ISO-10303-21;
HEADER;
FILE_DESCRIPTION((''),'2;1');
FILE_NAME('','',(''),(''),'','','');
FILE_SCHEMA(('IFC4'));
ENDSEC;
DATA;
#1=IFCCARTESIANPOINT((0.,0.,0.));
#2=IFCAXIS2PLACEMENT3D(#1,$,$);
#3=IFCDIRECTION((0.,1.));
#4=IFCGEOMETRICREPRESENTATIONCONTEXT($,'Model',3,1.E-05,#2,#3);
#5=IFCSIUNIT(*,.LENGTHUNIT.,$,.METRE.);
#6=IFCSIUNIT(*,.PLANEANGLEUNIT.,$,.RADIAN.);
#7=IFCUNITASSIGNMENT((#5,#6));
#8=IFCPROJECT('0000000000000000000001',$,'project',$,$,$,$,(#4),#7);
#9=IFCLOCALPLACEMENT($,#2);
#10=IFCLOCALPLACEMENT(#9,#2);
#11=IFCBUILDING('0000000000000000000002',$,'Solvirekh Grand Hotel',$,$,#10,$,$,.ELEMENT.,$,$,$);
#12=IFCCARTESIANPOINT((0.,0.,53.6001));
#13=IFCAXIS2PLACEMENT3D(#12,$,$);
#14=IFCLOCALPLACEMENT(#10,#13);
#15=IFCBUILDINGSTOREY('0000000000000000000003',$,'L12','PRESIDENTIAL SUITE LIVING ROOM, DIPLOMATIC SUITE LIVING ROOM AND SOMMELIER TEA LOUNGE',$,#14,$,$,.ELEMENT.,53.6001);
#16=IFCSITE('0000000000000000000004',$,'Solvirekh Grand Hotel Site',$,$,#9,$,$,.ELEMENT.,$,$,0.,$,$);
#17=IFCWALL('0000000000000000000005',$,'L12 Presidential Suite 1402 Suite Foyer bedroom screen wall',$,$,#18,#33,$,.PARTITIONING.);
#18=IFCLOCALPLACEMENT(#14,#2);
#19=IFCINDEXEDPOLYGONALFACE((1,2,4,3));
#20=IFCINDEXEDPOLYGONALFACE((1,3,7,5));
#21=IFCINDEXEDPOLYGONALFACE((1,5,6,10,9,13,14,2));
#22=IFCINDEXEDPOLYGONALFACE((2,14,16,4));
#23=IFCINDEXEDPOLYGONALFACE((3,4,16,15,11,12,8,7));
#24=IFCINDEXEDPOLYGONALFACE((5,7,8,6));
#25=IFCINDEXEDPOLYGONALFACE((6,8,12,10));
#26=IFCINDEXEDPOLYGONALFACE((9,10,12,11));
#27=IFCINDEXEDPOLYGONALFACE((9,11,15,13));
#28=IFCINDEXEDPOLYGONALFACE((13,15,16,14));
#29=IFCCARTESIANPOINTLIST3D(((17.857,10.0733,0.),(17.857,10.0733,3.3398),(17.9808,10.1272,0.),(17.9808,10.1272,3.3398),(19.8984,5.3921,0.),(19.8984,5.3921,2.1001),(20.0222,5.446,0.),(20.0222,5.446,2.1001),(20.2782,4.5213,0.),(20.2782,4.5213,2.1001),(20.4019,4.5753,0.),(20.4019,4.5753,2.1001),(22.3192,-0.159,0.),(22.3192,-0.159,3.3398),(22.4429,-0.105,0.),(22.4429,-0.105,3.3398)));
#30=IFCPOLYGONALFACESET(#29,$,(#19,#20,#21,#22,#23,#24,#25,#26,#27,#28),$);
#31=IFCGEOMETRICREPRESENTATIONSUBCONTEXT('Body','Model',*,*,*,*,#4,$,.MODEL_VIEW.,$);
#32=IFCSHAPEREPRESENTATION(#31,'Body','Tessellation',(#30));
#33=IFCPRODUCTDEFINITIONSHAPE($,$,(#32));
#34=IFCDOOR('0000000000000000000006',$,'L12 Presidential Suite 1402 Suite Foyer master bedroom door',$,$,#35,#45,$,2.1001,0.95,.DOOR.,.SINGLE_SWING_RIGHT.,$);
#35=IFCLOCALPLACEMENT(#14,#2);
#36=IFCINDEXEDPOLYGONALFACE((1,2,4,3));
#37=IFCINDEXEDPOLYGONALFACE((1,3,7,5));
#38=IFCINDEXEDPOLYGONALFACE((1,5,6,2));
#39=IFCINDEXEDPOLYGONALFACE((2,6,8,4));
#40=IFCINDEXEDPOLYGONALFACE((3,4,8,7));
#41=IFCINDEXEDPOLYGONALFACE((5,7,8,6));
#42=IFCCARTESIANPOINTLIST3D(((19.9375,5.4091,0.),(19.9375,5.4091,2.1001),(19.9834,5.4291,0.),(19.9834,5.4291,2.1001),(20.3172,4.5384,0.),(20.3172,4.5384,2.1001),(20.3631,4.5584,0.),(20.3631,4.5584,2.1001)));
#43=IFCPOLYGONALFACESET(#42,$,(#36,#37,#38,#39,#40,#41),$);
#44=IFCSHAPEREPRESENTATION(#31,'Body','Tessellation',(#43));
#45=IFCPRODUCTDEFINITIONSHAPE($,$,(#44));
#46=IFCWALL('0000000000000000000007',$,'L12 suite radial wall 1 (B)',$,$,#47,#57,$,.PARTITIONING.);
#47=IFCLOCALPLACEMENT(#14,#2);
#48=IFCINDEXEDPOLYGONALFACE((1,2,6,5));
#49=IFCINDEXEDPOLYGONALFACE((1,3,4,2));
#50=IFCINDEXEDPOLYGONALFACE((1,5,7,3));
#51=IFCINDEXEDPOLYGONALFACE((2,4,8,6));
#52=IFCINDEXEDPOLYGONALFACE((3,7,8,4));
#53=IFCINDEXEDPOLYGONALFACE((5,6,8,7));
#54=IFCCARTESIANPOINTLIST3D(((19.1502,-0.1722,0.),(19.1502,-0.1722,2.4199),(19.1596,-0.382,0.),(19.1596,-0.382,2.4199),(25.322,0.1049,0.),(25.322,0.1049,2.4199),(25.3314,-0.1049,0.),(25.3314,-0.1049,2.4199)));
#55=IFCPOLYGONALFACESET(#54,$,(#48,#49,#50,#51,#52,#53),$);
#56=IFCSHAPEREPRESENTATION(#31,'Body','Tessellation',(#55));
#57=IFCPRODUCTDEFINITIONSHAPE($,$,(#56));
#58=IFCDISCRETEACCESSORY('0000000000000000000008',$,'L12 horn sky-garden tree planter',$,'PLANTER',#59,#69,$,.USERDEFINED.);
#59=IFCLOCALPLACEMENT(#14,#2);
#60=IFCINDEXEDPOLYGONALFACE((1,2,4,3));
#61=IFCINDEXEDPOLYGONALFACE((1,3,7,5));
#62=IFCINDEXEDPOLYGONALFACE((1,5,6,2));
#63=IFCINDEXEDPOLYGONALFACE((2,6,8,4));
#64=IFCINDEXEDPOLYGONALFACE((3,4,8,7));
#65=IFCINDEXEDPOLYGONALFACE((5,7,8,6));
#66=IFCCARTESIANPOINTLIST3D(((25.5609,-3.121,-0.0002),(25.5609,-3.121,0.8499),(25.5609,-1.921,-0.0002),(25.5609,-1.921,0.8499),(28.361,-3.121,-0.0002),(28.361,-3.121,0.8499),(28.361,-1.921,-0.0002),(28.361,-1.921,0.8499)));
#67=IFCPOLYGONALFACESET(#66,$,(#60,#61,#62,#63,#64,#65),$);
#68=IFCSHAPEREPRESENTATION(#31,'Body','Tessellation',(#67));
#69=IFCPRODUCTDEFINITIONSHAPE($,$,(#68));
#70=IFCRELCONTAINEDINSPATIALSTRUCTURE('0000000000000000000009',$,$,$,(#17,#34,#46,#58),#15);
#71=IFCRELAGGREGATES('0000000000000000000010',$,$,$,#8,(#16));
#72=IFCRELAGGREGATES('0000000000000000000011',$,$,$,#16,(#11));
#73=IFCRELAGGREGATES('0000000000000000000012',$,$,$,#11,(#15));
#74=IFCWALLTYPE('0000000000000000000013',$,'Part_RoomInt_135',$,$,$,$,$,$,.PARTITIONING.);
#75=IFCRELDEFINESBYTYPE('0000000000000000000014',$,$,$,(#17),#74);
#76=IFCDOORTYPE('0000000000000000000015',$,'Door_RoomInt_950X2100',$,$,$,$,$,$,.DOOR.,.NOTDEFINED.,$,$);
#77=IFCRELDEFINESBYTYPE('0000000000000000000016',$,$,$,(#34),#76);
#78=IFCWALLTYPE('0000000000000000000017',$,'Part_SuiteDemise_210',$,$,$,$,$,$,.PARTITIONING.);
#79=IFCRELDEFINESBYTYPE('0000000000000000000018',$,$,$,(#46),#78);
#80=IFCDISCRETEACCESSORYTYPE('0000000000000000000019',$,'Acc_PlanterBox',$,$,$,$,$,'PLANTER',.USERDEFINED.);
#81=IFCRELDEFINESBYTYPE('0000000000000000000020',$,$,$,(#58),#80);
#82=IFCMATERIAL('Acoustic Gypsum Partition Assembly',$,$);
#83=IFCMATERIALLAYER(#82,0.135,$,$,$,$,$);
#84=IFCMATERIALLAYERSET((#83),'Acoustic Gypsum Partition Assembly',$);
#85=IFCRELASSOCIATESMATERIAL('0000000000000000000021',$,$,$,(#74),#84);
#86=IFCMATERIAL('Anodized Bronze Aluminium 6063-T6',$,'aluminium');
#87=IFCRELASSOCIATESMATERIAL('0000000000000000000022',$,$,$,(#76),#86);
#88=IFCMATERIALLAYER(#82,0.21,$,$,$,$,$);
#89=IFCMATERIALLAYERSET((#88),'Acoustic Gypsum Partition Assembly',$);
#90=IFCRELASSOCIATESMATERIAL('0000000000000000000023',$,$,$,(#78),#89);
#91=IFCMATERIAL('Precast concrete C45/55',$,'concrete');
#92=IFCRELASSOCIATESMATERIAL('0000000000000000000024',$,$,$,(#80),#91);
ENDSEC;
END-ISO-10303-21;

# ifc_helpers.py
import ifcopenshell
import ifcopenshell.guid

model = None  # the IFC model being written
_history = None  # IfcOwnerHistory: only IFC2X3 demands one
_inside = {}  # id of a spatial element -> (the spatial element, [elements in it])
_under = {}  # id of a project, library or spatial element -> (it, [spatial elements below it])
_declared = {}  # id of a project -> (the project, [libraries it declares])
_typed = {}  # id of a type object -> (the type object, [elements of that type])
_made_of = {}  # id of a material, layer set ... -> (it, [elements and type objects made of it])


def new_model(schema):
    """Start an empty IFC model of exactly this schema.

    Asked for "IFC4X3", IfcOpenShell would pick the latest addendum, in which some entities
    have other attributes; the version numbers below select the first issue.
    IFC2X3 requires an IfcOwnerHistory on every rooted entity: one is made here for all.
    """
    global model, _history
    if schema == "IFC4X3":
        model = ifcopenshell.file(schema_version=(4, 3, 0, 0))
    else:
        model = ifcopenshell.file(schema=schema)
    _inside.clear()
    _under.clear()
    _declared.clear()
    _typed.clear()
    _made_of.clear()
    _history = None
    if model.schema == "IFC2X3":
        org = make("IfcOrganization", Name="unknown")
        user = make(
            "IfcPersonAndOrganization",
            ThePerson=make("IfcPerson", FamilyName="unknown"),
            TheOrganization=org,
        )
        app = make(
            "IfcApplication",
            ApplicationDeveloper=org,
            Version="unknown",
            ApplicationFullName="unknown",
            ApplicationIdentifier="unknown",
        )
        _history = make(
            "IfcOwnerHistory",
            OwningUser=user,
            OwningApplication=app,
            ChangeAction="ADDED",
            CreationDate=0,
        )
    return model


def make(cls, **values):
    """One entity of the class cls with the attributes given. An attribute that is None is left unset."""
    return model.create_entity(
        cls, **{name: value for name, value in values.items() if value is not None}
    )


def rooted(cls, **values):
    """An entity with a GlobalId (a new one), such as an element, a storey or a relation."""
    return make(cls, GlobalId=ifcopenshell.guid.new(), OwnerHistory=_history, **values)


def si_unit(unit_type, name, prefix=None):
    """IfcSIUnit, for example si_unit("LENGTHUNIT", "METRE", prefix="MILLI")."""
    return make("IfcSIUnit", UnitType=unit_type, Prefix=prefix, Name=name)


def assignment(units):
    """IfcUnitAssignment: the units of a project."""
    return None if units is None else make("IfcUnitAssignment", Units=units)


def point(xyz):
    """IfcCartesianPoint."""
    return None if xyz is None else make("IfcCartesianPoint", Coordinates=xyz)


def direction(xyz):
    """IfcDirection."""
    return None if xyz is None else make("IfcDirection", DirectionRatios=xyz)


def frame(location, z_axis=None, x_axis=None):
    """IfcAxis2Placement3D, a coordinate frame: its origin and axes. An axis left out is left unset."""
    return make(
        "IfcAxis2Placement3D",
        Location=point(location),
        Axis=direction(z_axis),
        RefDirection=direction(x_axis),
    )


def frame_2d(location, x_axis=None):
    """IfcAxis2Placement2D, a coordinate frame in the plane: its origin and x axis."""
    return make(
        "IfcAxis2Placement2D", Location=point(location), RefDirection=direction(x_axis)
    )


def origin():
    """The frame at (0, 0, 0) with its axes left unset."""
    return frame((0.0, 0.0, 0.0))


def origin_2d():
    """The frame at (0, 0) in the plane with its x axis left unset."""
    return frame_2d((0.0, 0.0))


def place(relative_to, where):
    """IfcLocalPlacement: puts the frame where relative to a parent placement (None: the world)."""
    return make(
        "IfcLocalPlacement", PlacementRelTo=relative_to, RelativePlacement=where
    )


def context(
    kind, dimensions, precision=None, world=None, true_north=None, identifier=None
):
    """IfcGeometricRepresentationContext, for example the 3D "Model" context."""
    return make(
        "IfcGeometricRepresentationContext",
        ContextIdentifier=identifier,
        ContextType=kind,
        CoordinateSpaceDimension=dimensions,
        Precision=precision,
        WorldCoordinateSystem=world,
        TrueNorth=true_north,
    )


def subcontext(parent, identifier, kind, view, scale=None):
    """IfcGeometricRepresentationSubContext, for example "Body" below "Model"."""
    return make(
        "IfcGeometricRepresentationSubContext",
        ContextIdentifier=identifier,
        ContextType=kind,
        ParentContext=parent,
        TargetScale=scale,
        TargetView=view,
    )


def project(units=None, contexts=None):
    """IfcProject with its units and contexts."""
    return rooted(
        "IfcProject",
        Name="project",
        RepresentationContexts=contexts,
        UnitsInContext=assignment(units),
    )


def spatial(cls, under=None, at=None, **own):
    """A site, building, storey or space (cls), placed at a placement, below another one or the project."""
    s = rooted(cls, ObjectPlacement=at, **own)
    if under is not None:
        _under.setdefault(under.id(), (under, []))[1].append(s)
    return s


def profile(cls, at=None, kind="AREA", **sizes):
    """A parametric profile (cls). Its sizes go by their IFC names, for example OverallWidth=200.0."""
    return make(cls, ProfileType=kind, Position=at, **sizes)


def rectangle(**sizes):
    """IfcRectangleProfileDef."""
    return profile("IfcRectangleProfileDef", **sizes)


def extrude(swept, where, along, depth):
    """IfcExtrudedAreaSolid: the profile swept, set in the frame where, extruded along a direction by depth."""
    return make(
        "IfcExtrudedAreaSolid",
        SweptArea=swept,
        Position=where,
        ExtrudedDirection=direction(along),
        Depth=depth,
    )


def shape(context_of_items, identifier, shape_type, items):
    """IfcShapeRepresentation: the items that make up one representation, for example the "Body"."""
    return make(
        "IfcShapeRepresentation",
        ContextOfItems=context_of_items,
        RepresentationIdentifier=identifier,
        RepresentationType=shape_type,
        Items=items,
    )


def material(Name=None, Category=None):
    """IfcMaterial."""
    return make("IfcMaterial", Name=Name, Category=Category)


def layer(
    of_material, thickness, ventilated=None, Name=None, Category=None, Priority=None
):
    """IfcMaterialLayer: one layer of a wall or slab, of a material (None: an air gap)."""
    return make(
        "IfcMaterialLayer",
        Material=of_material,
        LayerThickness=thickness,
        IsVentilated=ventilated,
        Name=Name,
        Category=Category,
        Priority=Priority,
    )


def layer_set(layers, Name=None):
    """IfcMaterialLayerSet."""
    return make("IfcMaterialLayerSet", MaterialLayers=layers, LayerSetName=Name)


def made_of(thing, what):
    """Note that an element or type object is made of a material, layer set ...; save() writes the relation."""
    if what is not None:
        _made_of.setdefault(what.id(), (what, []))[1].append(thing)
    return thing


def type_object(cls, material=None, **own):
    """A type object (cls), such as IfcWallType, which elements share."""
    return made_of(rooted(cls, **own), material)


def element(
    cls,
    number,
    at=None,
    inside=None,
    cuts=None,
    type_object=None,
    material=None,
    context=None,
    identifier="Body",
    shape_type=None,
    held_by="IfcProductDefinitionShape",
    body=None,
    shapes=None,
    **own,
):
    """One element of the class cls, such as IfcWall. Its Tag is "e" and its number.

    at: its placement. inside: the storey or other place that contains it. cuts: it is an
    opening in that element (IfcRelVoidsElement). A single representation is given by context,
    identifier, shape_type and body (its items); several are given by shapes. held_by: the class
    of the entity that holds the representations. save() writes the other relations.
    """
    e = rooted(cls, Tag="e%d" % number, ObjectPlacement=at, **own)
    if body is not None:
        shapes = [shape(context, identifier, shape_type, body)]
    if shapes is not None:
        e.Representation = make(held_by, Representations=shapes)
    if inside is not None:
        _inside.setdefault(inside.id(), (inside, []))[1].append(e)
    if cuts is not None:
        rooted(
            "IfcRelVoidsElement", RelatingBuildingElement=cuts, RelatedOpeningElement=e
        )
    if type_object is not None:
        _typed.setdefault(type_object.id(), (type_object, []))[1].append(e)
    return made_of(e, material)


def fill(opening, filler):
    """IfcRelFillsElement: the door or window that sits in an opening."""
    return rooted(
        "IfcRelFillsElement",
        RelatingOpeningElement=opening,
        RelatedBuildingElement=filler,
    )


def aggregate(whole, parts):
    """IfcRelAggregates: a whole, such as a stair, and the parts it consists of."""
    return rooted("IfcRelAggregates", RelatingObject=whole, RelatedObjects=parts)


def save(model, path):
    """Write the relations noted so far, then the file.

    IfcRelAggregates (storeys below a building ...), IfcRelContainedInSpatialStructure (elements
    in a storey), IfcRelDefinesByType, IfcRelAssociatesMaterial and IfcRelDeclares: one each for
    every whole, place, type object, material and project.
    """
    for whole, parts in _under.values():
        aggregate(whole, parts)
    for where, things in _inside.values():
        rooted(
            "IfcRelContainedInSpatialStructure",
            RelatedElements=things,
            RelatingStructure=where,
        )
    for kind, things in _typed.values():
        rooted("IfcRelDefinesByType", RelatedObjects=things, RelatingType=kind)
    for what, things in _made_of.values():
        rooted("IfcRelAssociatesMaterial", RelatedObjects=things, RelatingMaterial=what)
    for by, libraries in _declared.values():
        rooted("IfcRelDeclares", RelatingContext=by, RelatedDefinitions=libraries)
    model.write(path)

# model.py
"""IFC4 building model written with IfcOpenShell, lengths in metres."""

from ifc_helpers import new_model, si_unit, direction, frame, frame_2d, origin, origin_2d, place, context, subcontext, project, spatial, rectangle, extrude, material, layer, layer_set, type_object, element, fill, save


model = new_model("IFC4")

# Units and contexts
model_context = context("Model", 3, precision=1e-05, world=origin(), true_north=direction((0.0, 1.0)))
body_context = subcontext(model_context, "Body", "Model", "MODEL_VIEW")
ifc_project = project(units=[si_unit("LENGTHUNIT", "METRE"), si_unit("PLANEANGLEUNIT", "RADIAN")], contexts=[model_context])

# Site, building, storey
site_placement = place(None, origin())
site = spatial("IfcSite", under=ifc_project, at=site_placement, Name="Solvirekh Grand Hotel Site", CompositionType="ELEMENT", RefElevation=0.0)
building_placement = place(site_placement, origin())
building = spatial("IfcBuilding", under=site, at=building_placement, Name="Solvirekh Grand Hotel", CompositionType="ELEMENT")
storey_placement = place(building_placement, frame((0.0, 0.0, 53.6001)))
storey = spatial("IfcBuildingStorey", under=building, at=storey_placement, Name="L12", Description="PRESIDENTIAL SUITE LIVING ROOM, DIPLOMATIC SUITE LIVING ROOM AND SOMMELIER TEA LOUNGE", CompositionType="ELEMENT", Elevation=53.6001)

# Shared definitions
ifc_material_1 = material(Name="Anodized Bronze Aluminium 6063-T6", Category="aluminium")

# Shared definitions
ifc_material_2 = material(Name="Precast concrete C45/55", Category="concrete")

# Wall, opening, door
ifc_material_3 = material(Name="Acoustic Gypsum Partition Assembly")
ifc_layer_1 = layer(ifc_material_3, 0.135)
ifc_layer_set_1 = layer_set([ifc_layer_1], Name="Acoustic Gypsum Partition Assembly")
wall_type_1 = type_object("IfcWallType", Name="Part_RoomInt_135", PredefinedType="PARTITIONING", material=ifc_layer_set_1)
wall_1_placement = place(storey_placement, frame((22.3811, -0.1321, 0.0), z_axis=(0.0, 0.0, 1.0), x_axis=(-0.399734, 0.916631, 0.0)))
wall_1 = element("IfcWall", 1, at=wall_1_placement, inside=storey, type_object=wall_type_1, Name="L12 Presidential Suite 1402 Suite Foyer bedroom screen wall", PredefinedType="PARTITIONING", context=body_context, shape_type="SweptSolid", body=[
    extrude(rectangle(XDim=11.1628, YDim=0.135, at=frame_2d((5.5815, 0.0))), origin(), (0.0, 0.0, 1.0), 3.3398),
])
opening_1_placement = place(wall_1_placement, frame((5.106, 0.0, 0.0)))
opening_1 = element("IfcOpeningElement", 2, at=opening_1_placement, cuts=wall_1, PredefinedType="OPENING", context=body_context, shape_type="SweptSolid", body=[
    extrude(rectangle(XDim=0.95, YDim=2.1001, at=frame_2d((0.4751, 1.05))), frame((0.0, 0.0776, 0.0), z_axis=(0.0, -1.0, 0.0), x_axis=(1.0, 0.0, 0.0)), (0.0, 0.0, 1.0), 0.155),
])
door_type = type_object("IfcDoorType", Name="Door_RoomInt_950X2100", OperationType="NOTDEFINED", PredefinedType="DOOR", material=ifc_material_1)
door_placement = place(opening_1_placement, origin())
door = element("IfcDoor", 3, at=door_placement, inside=storey, type_object=door_type, Name="L12 Presidential Suite 1402 Suite Foyer master bedroom door", OperationType="SINGLE_SWING_RIGHT", OverallHeight=2.1001, OverallWidth=0.95, PredefinedType="DOOR", context=body_context, shape_type="SweptSolid", body=[
    extrude(rectangle(XDim=0.95, YDim=2.1001, at=frame_2d((0.4751, 1.05))), frame((0.0, 0.0249, 0.0), z_axis=(0.0, -1.0, 0.0), x_axis=(1.0, 0.0, 0.0)), (0.0, 0.0, 1.0), 0.05),
])
fill(opening_1, door)

# Wall
ifc_layer_2 = layer(ifc_material_3, 0.21)
ifc_layer_set_2 = layer_set([ifc_layer_2], Name="Acoustic Gypsum Partition Assembly")
wall_type_2 = type_object("IfcWallType", Name="Part_SuiteDemise_210", PredefinedType="PARTITIONING", material=ifc_layer_set_2)
wall_2_placement = place(storey_placement, frame((19.155, -0.2771, 0.0), z_axis=(0.0, 0.0, 1.0), x_axis=(0.998994, 0.044852, 0.0)))
element("IfcWall", 4, at=wall_2_placement, inside=storey, type_object=wall_type_2, Name="L12 suite radial wall 1 (B)", PredefinedType="PARTITIONING", context=body_context, shape_type="SweptSolid", body=[
    extrude(rectangle(XDim=6.178, YDim=0.21, at=frame_2d((3.0889, 0.0))), origin(), (0.0, 0.0, 1.0), 2.4199),
])

# Discrete accessory
discrete_accessory_type = type_object("IfcDiscreteAccessoryType", Name="Acc_PlanterBox", ElementType="PLANTER", PredefinedType="USERDEFINED", material=ifc_material_2)
discrete_accessory_placement = place(storey_placement, frame((26.9609, -2.521, -0.0002), z_axis=(0.0, 0.0, 1.0), x_axis=(0.0, 1.0, 0.0)))
element("IfcDiscreteAccessory", 5, at=discrete_accessory_placement, inside=storey, type_object=discrete_accessory_type, Name="L12 horn sky-garden tree planter", ObjectType="PLANTER", PredefinedType="USERDEFINED", context=body_context, shape_type="SweptSolid", body=[
    extrude(rectangle(XDim=1.2, YDim=2.8, at=origin_2d()), origin(), (0.0, 0.0, 1.0), 0.8501),
])

save(model, "model.ifc")
